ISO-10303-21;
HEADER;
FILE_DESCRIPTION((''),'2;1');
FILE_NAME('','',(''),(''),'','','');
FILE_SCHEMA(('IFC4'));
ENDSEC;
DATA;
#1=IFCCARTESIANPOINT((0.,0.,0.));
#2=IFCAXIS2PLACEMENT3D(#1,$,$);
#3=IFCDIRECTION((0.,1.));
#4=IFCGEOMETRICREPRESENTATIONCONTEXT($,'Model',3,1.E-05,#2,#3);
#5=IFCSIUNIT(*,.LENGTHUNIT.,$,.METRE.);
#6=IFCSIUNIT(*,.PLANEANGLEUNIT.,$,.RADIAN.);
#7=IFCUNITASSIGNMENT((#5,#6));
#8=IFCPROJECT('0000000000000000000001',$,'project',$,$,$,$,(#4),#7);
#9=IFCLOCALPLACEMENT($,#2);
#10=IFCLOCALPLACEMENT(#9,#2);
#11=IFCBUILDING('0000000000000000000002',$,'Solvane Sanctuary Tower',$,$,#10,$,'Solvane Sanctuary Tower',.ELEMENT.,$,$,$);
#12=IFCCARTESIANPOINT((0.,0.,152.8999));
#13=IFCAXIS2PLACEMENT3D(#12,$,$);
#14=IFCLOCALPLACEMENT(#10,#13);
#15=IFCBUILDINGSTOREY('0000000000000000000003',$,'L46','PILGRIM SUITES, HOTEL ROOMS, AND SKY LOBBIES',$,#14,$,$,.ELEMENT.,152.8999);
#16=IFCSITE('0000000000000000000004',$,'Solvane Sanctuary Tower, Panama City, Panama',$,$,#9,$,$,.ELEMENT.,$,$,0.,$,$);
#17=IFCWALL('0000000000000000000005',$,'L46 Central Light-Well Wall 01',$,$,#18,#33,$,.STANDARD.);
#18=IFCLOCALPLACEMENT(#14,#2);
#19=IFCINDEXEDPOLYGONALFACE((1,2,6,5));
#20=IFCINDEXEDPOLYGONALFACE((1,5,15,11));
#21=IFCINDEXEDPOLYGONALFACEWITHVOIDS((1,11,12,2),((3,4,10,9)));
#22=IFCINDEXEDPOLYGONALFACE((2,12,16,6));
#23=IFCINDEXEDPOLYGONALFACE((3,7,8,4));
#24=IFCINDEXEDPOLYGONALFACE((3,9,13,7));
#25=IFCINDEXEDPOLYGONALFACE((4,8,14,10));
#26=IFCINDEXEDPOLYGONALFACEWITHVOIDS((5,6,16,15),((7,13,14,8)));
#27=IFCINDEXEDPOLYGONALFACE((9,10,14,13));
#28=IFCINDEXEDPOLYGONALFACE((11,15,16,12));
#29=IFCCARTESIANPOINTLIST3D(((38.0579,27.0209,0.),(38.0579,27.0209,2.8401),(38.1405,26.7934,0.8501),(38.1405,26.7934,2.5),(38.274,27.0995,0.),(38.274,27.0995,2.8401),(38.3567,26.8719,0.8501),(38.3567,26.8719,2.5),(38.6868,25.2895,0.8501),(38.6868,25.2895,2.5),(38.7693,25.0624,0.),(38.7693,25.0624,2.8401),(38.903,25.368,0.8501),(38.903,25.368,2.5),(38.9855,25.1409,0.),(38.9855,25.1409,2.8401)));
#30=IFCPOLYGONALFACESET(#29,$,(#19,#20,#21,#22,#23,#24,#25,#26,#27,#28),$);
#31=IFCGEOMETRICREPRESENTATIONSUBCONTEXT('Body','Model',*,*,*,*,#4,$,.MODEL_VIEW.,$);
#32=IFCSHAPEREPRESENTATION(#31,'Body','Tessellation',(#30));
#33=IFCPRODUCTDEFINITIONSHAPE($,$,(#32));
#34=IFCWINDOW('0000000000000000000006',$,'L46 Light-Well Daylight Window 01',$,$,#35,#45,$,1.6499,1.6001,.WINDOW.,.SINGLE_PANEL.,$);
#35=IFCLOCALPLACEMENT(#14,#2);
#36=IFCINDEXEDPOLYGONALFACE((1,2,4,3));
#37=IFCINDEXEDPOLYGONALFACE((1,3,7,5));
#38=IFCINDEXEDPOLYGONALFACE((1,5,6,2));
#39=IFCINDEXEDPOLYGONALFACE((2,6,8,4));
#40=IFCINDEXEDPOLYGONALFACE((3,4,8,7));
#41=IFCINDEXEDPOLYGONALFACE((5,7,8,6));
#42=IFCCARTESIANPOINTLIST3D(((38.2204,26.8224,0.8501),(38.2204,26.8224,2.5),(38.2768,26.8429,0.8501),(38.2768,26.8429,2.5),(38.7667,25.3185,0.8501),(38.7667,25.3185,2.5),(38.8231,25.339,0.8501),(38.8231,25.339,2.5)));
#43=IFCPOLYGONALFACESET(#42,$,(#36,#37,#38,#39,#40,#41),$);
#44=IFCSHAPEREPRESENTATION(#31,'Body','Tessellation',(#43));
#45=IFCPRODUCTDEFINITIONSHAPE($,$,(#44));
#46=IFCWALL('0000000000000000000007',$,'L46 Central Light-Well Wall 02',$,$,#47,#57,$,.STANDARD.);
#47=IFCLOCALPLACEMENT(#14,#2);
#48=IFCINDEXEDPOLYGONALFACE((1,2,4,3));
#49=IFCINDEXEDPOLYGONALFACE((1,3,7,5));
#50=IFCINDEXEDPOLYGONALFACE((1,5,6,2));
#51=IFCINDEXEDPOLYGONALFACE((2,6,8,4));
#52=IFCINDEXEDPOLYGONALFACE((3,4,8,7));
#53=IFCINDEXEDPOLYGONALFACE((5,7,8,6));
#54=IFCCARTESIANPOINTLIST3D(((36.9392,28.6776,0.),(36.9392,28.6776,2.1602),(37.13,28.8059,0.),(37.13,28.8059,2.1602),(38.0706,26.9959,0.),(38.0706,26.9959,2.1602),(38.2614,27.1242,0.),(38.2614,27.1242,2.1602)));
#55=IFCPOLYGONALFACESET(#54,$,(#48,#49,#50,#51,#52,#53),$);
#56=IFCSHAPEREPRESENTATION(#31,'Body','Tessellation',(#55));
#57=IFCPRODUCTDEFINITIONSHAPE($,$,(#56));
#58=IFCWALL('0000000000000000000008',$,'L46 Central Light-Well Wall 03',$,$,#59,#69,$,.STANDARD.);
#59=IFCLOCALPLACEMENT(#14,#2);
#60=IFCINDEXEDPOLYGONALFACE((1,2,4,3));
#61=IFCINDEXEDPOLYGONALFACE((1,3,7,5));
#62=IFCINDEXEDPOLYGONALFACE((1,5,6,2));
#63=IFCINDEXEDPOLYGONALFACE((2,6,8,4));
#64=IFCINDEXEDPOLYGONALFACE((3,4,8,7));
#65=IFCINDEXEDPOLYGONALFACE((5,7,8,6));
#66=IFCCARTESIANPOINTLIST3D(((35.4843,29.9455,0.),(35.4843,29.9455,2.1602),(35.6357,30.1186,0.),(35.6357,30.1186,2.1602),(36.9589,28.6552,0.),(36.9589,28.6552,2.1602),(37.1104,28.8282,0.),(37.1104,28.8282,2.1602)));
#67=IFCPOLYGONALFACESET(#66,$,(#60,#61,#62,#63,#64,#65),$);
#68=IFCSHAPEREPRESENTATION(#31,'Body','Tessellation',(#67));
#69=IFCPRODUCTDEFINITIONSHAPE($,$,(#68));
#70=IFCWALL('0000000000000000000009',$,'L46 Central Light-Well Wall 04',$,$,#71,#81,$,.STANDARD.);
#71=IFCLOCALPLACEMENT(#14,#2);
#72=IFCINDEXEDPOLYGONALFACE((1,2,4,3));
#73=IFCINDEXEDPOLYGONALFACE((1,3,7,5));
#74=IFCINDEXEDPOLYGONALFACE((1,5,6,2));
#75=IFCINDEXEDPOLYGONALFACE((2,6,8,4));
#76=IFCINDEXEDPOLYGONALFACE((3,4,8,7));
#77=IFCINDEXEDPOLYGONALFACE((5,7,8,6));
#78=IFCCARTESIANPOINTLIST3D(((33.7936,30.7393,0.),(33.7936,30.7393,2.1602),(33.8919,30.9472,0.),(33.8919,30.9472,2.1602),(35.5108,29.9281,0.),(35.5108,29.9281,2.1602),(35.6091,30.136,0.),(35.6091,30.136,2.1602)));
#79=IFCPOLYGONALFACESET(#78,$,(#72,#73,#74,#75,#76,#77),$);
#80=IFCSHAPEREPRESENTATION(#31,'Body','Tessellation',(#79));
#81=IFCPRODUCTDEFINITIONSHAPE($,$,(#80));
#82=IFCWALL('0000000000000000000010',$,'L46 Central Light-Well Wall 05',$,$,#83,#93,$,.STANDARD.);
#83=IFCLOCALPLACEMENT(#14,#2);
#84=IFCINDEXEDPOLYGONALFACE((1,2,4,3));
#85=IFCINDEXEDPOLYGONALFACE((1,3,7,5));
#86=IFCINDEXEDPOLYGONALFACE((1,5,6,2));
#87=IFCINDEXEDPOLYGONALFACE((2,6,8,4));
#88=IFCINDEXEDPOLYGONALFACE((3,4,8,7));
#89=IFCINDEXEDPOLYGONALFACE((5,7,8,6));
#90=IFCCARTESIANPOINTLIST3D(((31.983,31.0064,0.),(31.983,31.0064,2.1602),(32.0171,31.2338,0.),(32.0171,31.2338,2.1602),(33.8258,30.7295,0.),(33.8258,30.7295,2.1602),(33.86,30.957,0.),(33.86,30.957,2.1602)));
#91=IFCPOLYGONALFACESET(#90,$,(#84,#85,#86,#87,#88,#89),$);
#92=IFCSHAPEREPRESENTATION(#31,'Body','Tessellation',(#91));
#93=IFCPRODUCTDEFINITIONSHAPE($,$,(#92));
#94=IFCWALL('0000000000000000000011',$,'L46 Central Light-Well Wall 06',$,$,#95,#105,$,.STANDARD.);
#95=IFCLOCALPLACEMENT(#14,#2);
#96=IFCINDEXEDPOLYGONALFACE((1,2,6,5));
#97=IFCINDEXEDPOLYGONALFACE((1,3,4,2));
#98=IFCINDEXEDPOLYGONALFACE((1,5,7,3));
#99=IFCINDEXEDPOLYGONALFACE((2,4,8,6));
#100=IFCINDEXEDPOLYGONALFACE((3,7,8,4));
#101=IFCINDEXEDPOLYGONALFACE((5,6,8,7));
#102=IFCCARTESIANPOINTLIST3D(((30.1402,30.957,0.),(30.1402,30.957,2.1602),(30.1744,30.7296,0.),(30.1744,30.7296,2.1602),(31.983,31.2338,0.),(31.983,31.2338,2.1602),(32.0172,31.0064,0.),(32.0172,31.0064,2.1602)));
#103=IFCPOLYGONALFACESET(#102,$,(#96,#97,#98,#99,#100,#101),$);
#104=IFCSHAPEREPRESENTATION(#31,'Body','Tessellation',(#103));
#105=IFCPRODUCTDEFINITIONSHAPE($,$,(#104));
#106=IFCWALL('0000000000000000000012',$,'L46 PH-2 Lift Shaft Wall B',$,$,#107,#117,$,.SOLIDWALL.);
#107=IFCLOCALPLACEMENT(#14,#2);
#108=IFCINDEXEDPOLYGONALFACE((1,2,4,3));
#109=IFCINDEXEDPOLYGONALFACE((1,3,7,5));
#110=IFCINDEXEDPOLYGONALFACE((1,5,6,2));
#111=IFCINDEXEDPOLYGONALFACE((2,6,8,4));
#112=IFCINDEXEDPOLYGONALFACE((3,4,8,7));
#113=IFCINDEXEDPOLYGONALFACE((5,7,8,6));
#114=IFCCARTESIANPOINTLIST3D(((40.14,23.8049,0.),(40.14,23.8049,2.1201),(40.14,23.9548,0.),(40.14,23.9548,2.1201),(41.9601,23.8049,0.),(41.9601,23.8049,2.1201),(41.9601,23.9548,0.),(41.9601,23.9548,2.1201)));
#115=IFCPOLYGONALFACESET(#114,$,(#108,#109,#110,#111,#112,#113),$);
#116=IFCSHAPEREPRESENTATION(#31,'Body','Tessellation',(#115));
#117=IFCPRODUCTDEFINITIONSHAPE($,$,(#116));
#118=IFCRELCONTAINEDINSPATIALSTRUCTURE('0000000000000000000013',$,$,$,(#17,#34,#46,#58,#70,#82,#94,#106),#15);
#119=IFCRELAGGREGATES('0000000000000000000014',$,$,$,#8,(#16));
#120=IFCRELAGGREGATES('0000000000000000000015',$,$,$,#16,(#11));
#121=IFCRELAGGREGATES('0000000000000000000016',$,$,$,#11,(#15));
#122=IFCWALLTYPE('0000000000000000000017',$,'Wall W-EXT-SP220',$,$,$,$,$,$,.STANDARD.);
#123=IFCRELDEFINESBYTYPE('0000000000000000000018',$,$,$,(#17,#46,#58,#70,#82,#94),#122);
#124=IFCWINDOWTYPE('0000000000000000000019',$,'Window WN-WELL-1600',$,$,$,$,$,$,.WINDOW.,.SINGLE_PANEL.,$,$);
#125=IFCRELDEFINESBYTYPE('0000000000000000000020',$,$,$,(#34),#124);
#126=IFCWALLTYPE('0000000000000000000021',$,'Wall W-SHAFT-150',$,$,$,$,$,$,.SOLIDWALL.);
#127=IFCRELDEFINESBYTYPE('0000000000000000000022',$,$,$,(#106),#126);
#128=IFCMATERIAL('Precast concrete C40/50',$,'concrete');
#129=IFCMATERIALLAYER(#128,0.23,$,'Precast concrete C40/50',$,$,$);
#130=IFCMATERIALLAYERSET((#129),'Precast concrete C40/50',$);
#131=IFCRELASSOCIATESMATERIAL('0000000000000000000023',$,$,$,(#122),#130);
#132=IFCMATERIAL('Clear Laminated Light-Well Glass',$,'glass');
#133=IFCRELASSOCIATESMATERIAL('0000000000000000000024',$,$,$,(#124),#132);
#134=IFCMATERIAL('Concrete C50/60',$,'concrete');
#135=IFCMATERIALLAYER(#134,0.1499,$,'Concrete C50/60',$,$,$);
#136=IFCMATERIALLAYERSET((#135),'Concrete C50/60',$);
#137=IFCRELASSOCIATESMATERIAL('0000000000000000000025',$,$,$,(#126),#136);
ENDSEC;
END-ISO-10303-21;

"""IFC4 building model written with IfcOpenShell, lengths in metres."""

from ifc_helpers import new_model, si_unit, direction, frame, frame_2d, origin, place, context, subcontext, project, spatial, rectangle, extrude, material, layer, layer_set, type_object, element, fill, save


model = new_model("IFC4")

# Units and contexts
model_context = context("Model", 3, precision=1e-05, world=origin(), true_north=direction((0.0, 1.0)))
body_context = subcontext(model_context, "Body", "Model", "MODEL_VIEW")
ifc_project = project(units=[si_unit("LENGTHUNIT", "METRE"), si_unit("PLANEANGLEUNIT", "RADIAN")], contexts=[model_context])

# Site, building, storey
site_placement = place(None, origin())
site = spatial("IfcSite", under=ifc_project, at=site_placement, Name="Solvane Sanctuary Tower, Panama City, Panama", CompositionType="ELEMENT", RefElevation=0.0)
building_placement = place(site_placement, origin())
building = spatial("IfcBuilding", under=site, at=building_placement, Name="Solvane Sanctuary Tower", LongName="Solvane Sanctuary Tower", CompositionType="ELEMENT")
storey_placement = place(building_placement, frame((0.0, 0.0, 152.8999)))
storey = spatial("IfcBuildingStorey", under=building, at=storey_placement, Name="L46", Description="PILGRIM SUITES, HOTEL ROOMS, AND SKY LOBBIES", CompositionType="ELEMENT", Elevation=152.8999)

# Shared definitions
ifc_material_1 = material(Name="Concrete C50/60", Category="concrete")

# Shared definitions
ifc_material_2 = material(Name="Precast concrete C40/50", Category="concrete")
ifc_layer_1 = layer(ifc_material_2, 0.23, Name="Precast concrete C40/50")
ifc_layer_set_1 = layer_set([ifc_layer_1], Name="Precast concrete C40/50")
wall_type_1 = type_object("IfcWallType", Name="Wall W-EXT-SP220", PredefinedType="STANDARD", material=ifc_layer_set_1)

# Wall, opening, window
wall_1_placement = place(storey_placement, frame((38.8774, 25.1016, 0.0), z_axis=(0.0, 0.0, 1.0), x_axis=(-0.341423, 0.93991, 0.0)))
wall_1 = element("IfcWall", 1, at=wall_1_placement, inside=storey, type_object=wall_type_1, Name="L46 Central Light-Well Wall 01", PredefinedType="STANDARD", context=body_context, shape_type="SweptSolid", body=[
    extrude(rectangle(XDim=2.0837, YDim=0.23, at=frame_2d((1.042, 0.0))), origin(), (0.0, 0.0, 1.0), 2.8401),
])
opening_1_placement = place(wall_1_placement, frame((0.2417, 0.0, 0.8501)))
opening_1 = element("IfcOpeningElement", 2, at=opening_1_placement, cuts=wall_1, PredefinedType="OPENING", context=body_context, shape_type="SweptSolid", body=[
    extrude(rectangle(XDim=1.6001, YDim=1.6499, at=frame_2d((0.8, 0.825))), frame((0.0, 0.125, 0.0), z_axis=(0.0, -1.0, 0.0), x_axis=(1.0, 0.0, 0.0)), (0.0, 0.0, 1.0), 0.25),
])
ifc_material_3 = material(Name="Clear Laminated Light-Well Glass", Category="glass")
window_type = type_object("IfcWindowType", Name="Window WN-WELL-1600", PartitioningType="SINGLE_PANEL", PredefinedType="WINDOW", material=ifc_material_3)
window_placement = place(opening_1_placement, origin())
window = element("IfcWindow", 3, at=window_placement, inside=storey, type_object=window_type, Name="L46 Light-Well Daylight Window 01", OverallHeight=1.6499, OverallWidth=1.6001, PartitioningType="SINGLE_PANEL", PredefinedType="WINDOW", context=body_context, shape_type="SweptSolid", body=[
    extrude(rectangle(XDim=1.6001, YDim=1.6499, at=frame_2d((0.8, 0.825))), frame((0.0, 0.03, 0.0), z_axis=(0.0, -1.0, 0.0), x_axis=(1.0, 0.0, 0.0)), (0.0, 0.0, 1.0), 0.0601),
])
fill(opening_1, window)

# Walls
wall_2_placement = place(storey_placement, frame((38.166, 27.0601, 0.0), z_axis=(0.0, 0.0, 1.0), x_axis=(-0.558198, 0.829708, 0.0)))
element("IfcWall", 4, at=wall_2_placement, inside=storey, type_object=wall_type_1, Name="L46 Central Light-Well Wall 02", PredefinedType="STANDARD", context=body_context, shape_type="SweptSolid", body=[
    extrude(rectangle(XDim=2.0269, YDim=0.23, at=frame_2d((1.0134, 0.0))), origin(), (0.0, 0.0, 1.0), 2.1602),
])
wall_3_placement = place(storey_placement, frame((37.0347, 28.7417, 0.0), z_axis=(0.0, 0.0, 1.0), x_axis=(-0.752577, 0.658505, 0.0)))
element("IfcWall", 5, at=wall_3_placement, inside=storey, type_object=wall_type_1, Name="L46 Central Light-Well Wall 03", PredefinedType="STANDARD", context=body_context, shape_type="SweptSolid", body=[
    extrude(rectangle(XDim=1.9595, YDim=0.23, at=frame_2d((0.9797, 0.0))), origin(), (0.0, 0.0, 1.0), 2.1602),
])
wall_4_placement = place(storey_placement, frame((35.5601, 30.032, 0.0), z_axis=(0.0, 0.0, 1.0), x_axis=(-0.90418, 0.427152, 0.0)))
element("IfcWall", 6, at=wall_4_placement, inside=storey, type_object=wall_type_1, Name="L46 Central Light-Well Wall 04", PredefinedType="STANDARD", context=body_context, shape_type="SweptSolid", body=[
    extrude(rectangle(XDim=1.8992, YDim=0.23, at=frame_2d((0.9497, 0.0))), origin(), (0.0, 0.0, 1.0), 2.1602),
])
for number, where, z_axis, x_axis, name in (
    (7, (33.8428, 30.8433, 0.0), (0.0, 0.0, 1.0), (-0.988902, 0.148571, 0.0), "L46 Central Light-Well Wall 05"),
    (8, (32.0, 31.1201, 0.0), (0.0, 0.0, 1.0), (-0.988902, -0.148571, 0.0), "L46 Central Light-Well Wall 06"),
):
    element("IfcWall", number, at=place(storey_placement, frame(where, z_axis=z_axis, x_axis=x_axis)), inside=storey, type_object=wall_type_1, Name=name, PredefinedType="STANDARD", context=body_context, shape_type="SweptSolid", body=[
        extrude(rectangle(XDim=1.8635, YDim=0.23, at=frame_2d((0.9316, 0.0))), origin(), (0.0, 0.0, 1.0), 2.1602),
    ])
ifc_layer_2 = layer(ifc_material_1, 0.1499, Name="Concrete C50/60")
ifc_layer_set_2 = layer_set([ifc_layer_2], Name="Concrete C50/60")
wall_type_2 = type_object("IfcWallType", Name="Wall W-SHAFT-150", PredefinedType="SOLIDWALL", material=ifc_layer_set_2)
wall_5_placement = place(storey_placement, frame((40.1399, 23.8799, 0.0), z_axis=(0.0, 0.0, 1.0), x_axis=(1.0, 0.0, 0.0)))
element("IfcWall", 9, at=wall_5_placement, inside=storey, type_object=wall_type_2, Name="L46 PH-2 Lift Shaft Wall B", PredefinedType="SOLIDWALL", context=body_context, shape_type="SweptSolid", body=[
    extrude(rectangle(XDim=1.8201, YDim=0.1499, at=frame_2d((0.9102, 0.0))), origin(), (0.0, 0.0, 1.0), 2.1201),
])

save(model, "model.ifc")
